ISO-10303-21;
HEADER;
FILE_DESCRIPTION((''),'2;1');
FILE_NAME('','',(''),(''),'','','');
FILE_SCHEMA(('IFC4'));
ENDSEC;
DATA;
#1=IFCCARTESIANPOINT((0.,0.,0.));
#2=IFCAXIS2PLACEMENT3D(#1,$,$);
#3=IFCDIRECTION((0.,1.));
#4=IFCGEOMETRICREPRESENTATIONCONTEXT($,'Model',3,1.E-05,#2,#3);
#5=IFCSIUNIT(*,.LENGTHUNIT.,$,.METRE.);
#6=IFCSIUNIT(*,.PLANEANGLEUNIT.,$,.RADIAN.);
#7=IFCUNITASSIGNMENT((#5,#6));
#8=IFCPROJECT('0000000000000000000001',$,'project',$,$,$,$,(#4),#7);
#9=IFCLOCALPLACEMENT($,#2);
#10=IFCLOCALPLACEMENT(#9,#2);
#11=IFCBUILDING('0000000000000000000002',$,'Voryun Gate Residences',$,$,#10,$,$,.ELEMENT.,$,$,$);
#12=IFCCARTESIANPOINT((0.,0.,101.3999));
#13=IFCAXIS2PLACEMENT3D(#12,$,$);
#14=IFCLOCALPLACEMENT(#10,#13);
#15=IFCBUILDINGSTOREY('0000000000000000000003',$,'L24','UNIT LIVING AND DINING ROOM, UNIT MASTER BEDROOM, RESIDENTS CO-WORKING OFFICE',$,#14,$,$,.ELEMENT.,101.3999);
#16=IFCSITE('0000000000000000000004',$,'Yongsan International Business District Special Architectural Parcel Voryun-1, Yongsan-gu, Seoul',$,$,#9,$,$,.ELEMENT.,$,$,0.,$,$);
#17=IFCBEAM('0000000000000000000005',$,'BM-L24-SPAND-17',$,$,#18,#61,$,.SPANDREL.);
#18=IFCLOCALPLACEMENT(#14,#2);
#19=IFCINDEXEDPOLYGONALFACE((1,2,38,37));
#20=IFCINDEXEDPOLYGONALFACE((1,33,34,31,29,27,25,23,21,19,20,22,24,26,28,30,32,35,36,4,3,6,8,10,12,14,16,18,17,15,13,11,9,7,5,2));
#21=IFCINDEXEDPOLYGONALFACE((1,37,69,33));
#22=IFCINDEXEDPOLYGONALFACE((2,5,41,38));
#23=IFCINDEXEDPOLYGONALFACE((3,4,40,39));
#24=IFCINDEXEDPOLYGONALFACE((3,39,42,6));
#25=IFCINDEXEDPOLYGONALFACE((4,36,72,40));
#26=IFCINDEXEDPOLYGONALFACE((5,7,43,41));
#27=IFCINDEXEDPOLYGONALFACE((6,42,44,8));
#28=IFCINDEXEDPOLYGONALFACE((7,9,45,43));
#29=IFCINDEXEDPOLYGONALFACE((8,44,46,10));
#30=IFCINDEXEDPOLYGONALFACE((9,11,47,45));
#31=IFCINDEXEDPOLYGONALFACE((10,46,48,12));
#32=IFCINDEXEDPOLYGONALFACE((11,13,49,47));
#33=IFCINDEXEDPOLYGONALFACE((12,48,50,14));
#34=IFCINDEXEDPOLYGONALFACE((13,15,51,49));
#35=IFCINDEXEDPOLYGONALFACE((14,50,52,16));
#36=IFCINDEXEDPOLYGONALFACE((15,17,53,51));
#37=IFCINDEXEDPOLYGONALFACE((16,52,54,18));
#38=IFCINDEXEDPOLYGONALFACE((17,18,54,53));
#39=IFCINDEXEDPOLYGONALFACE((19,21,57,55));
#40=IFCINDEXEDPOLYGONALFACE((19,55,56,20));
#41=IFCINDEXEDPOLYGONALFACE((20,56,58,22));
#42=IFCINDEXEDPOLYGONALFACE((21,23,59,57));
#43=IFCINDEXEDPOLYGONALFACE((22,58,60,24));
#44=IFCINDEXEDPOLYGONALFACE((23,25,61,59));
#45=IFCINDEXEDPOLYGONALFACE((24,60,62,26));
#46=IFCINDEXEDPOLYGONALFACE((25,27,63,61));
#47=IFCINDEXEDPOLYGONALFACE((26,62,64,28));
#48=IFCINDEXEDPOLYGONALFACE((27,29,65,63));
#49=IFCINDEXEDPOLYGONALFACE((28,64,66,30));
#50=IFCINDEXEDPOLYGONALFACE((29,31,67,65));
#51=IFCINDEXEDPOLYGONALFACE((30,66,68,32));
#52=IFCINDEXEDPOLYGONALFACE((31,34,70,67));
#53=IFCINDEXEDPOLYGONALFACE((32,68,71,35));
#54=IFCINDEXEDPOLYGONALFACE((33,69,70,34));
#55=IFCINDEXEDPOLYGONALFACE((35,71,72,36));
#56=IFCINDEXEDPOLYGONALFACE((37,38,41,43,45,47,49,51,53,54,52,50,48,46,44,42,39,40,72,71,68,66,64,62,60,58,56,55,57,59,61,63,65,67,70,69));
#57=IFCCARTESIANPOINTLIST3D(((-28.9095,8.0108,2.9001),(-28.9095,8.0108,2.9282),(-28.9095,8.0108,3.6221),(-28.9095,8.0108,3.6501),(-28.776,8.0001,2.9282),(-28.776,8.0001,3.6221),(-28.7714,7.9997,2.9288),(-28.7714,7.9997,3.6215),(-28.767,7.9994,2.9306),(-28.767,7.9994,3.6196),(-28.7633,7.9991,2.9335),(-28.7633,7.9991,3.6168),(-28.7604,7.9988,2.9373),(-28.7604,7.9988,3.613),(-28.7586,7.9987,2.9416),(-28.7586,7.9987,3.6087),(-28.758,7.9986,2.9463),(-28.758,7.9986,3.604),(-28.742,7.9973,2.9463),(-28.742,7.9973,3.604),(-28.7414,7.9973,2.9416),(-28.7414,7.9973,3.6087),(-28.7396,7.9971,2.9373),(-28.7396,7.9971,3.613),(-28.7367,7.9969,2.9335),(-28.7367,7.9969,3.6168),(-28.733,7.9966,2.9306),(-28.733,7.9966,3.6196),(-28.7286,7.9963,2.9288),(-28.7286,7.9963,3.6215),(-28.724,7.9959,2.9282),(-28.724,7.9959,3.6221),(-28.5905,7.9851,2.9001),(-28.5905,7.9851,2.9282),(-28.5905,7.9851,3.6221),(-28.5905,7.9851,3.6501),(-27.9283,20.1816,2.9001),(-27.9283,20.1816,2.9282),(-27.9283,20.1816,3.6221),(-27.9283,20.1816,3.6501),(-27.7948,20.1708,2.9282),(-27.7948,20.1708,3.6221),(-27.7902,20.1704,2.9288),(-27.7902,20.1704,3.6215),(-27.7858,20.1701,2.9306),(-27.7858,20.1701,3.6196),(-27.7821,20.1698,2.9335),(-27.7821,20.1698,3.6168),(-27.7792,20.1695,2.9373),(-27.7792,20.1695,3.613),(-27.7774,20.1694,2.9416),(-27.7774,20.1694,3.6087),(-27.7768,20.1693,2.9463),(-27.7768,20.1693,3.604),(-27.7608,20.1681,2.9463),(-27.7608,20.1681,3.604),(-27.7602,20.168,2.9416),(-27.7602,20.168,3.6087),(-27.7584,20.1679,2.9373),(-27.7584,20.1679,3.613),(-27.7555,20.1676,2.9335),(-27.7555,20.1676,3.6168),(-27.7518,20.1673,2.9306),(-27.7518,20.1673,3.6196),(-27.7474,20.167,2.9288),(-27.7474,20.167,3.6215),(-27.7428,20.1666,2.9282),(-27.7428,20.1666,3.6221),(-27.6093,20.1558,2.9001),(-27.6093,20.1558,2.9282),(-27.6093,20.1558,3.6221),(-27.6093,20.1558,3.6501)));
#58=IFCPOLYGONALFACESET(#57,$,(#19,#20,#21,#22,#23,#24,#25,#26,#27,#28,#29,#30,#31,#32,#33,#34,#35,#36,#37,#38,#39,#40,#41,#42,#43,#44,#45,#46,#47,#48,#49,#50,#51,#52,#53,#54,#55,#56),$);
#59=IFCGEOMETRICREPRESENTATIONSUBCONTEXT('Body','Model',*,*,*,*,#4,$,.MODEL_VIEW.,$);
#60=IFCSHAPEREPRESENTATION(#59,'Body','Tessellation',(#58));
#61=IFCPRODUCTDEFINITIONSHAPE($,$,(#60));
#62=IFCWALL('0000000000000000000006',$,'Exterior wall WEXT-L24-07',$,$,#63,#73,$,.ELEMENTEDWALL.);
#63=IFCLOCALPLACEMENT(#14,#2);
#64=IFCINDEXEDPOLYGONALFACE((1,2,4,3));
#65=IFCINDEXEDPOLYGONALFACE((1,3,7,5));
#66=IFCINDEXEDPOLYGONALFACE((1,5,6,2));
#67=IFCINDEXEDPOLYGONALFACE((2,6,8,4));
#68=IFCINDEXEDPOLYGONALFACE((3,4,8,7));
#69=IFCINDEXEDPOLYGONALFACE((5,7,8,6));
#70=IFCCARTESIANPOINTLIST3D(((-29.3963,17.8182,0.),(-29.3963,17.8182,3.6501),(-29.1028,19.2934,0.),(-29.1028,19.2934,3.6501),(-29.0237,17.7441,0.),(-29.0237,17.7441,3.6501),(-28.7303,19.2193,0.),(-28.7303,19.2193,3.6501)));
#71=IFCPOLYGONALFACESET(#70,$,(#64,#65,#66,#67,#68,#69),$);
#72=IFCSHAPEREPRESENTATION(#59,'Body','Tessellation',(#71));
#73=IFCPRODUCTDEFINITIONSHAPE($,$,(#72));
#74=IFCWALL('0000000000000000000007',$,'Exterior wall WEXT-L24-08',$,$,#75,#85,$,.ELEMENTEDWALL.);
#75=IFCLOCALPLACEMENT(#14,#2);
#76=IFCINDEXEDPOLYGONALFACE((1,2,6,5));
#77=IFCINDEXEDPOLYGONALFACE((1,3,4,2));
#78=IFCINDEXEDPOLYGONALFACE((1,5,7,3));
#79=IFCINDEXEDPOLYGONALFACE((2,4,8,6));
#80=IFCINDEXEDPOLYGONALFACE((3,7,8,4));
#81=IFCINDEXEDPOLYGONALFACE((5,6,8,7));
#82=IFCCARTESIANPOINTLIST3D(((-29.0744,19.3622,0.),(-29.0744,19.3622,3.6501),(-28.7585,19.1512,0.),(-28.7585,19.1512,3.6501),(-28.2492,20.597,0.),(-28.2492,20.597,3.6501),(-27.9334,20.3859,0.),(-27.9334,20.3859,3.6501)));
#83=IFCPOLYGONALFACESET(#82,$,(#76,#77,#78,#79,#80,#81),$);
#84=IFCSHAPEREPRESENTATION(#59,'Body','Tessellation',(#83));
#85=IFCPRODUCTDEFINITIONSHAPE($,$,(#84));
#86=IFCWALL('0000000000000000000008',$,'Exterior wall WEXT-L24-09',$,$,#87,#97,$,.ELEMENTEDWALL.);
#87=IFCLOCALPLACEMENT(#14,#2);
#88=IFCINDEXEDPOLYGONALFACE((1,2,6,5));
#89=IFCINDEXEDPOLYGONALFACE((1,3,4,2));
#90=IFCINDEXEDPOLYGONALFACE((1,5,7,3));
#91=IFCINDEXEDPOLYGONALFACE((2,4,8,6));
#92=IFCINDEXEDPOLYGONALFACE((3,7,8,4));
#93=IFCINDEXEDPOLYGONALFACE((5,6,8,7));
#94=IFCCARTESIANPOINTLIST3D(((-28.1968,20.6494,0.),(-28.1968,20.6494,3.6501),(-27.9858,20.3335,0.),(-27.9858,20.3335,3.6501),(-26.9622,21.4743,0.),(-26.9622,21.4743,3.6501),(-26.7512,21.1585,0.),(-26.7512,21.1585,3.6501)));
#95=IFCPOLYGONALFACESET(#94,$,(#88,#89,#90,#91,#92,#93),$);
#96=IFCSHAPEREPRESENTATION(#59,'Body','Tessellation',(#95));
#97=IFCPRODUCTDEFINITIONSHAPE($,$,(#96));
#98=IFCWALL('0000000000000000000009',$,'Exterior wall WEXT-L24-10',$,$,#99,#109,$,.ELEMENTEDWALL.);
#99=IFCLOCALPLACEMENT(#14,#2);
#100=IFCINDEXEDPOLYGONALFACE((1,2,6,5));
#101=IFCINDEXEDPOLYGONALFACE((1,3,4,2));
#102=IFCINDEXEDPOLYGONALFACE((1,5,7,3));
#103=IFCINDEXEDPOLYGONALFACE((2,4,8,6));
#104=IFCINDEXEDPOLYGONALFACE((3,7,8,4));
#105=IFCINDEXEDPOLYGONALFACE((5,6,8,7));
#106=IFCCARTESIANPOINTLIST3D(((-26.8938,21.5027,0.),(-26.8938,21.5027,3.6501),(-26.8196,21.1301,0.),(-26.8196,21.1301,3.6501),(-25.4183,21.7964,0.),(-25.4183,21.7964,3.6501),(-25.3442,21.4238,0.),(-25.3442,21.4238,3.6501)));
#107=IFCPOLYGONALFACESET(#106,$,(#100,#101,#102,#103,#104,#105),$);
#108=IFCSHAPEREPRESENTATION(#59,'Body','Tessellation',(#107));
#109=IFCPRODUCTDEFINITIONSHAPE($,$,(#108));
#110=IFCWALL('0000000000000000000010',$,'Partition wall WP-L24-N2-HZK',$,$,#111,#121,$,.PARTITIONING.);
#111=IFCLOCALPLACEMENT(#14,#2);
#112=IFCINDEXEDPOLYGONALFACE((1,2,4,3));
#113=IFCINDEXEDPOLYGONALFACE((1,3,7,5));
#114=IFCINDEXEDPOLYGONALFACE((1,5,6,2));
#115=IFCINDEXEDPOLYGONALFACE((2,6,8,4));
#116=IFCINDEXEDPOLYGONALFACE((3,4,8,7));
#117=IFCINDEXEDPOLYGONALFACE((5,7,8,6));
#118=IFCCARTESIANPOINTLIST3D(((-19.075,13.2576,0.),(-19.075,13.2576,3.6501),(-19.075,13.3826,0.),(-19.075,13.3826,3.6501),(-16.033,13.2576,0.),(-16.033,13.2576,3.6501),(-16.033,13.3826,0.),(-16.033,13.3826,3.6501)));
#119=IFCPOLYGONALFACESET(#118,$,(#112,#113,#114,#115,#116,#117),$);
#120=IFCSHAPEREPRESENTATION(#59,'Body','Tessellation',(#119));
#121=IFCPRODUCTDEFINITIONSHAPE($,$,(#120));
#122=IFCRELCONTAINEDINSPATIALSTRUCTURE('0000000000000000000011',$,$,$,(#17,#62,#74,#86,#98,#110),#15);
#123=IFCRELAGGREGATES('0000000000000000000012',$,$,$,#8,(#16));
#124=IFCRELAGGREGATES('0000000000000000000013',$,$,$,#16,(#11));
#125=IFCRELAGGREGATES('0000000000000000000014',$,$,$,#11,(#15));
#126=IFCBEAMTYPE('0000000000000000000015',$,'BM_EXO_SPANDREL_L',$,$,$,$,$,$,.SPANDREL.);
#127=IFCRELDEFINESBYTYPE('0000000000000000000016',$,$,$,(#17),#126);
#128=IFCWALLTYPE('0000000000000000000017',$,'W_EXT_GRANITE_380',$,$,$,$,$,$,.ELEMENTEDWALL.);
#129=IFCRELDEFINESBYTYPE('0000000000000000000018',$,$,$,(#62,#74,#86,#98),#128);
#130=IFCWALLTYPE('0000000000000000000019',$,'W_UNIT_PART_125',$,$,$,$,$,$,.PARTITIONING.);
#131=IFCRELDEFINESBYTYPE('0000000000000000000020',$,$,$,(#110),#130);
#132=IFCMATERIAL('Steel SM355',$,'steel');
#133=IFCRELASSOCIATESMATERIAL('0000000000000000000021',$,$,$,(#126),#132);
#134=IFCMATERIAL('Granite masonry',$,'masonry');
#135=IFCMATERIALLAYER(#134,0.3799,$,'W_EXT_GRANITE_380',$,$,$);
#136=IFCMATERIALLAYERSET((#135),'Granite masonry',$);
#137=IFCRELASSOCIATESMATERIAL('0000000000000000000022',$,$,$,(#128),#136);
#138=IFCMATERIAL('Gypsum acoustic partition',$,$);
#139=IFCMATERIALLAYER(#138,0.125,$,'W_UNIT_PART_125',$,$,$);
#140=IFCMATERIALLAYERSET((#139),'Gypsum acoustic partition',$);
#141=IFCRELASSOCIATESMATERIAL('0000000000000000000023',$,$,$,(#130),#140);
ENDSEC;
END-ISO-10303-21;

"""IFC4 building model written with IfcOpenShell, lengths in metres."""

from ifc_helpers import new_model, si_unit, direction, frame, frame_2d, origin, origin_2d, place, context, subcontext, project, spatial, rectangle, i_section, extrude, material, layer, layer_set, material_profile, profile_set, type_object, element, save


model = new_model("IFC4")

# Units and contexts
model_context = context("Model", 3, precision=1e-05, world=origin(), true_north=direction((0.0, 1.0)))
body_context = subcontext(model_context, "Body", "Model", "MODEL_VIEW")
ifc_project = project(units=[si_unit("LENGTHUNIT", "METRE"), si_unit("PLANEANGLEUNIT", "RADIAN")], contexts=[model_context])

# Site, building, storey
site_placement = place(None, origin())
site = spatial("IfcSite", under=ifc_project, at=site_placement, Name="Yongsan International Business District Special Architectural Parcel Voryun-1, Yongsan-gu, Seoul", CompositionType="ELEMENT", RefElevation=0.0)
building_placement = place(site_placement, origin())
building = spatial("IfcBuilding", under=site, at=building_placement, Name="Voryun Gate Residences", CompositionType="ELEMENT")
storey_placement = place(building_placement, frame((0.0, 0.0, 101.3999)))
storey = spatial("IfcBuildingStorey", under=building, at=storey_placement, Name="L24", Description="UNIT LIVING AND DINING ROOM, UNIT MASTER BEDROOM, RESIDENTS CO-WORKING OFFICE", CompositionType="ELEMENT", Elevation=101.3999)

# Beam
ifc_material_1 = material(Name="Steel SM355", Category="steel")
ifc_material_profile_1 = material_profile(ifc_material_1, i_section(OverallWidth=0.3201, OverallDepth=0.75, WebThickness=0.0161, FlangeThickness=0.0281, FilletRadius=0.0181, at=origin_2d()), Name="H-750x320x16x28")
ifc_profile_set_1 = profile_set([ifc_material_profile_1], Name="Steel SM355")
beam_type = type_object("IfcBeamType", Name="BM_EXO_SPANDREL_L", PredefinedType="SPANDREL", material=ifc_profile_set_1)
beam_1_placement = place(storey_placement, frame((-27.7688, 20.1687, 3.2751), z_axis=(-0.08036, -0.996766, 0.0), x_axis=(0.996766, -0.08036, 0.0)))
element("IfcBeam", 1, at=beam_1_placement, inside=storey, type_object=beam_type, Name="BM-L24-SPAND-17", PredefinedType="SPANDREL", context=body_context, shape_type="SweptSolid", body=[
    extrude(i_section(OverallWidth=0.3201, OverallDepth=0.75, WebThickness=0.0161, FlangeThickness=0.0281, FilletRadius=0.0181, at=origin_2d()), origin(), (0.0, 0.0, 1.0), 12.2102),
])

# Walls
ifc_material_2 = material(Name="Granite masonry", Category="masonry")
ifc_layer_1 = layer(ifc_material_2, 0.3799, Name="W_EXT_GRANITE_380")
ifc_layer_set_1 = layer_set([ifc_layer_1], Name="Granite masonry")
wall_type_1 = type_object("IfcWallType", Name="W_EXT_GRANITE_380", PredefinedType="ELEMENTEDWALL", material=ifc_layer_set_1)
wall_1_placement = place(storey_placement, frame((-29.21, 17.7812, 0.0), z_axis=(0.0, 0.0, 1.0), x_axis=(0.195086, 0.980786, 0.0)))
element("IfcWall", 2, at=wall_1_placement, inside=storey, type_object=wall_type_1, Name="Exterior wall WEXT-L24-07", PredefinedType="ELEMENTEDWALL", context=body_context, shape_type="SweptSolid", body=[
    extrude(rectangle(XDim=1.5042, YDim=0.3799, at=frame_2d((0.752, 0.0))), origin(), (0.0, 0.0, 1.0), 3.6501),
])
wall_2_placement = place(storey_placement, frame((-28.9165, 19.2566, 0.0), z_axis=(0.0, 0.0, 1.0), x_axis=(0.55561, 0.831443, 0.0)))
element("IfcWall", 3, at=wall_2_placement, inside=storey, type_object=wall_type_1, Name="Exterior wall WEXT-L24-08", PredefinedType="ELEMENTEDWALL", context=body_context, shape_type="SweptSolid", body=[
    extrude(rectangle(XDim=1.4851, YDim=0.3799, at=frame_2d((0.7427, 0.0))), origin(), (0.0, 0.0, 1.0), 3.6501),
])
wall_3_placement = place(storey_placement, frame((-28.0913, 20.4915, 0.0), z_axis=(0.0, 0.0, 1.0), x_axis=(0.831468, 0.555573, 0.0)))
element("IfcWall", 4, at=wall_3_placement, inside=storey, type_object=wall_type_1, Name="Exterior wall WEXT-L24-09", PredefinedType="ELEMENTEDWALL", context=body_context, shape_type="SweptSolid", body=[
    extrude(rectangle(XDim=1.4849, YDim=0.3799, at=frame_2d((0.7424, 0.0))), origin(), (0.0, 0.0, 1.0), 3.6501),
])
wall_4_placement = place(storey_placement, frame((-26.8567, 21.3164, 0.0), z_axis=(0.0, 0.0, 1.0), x_axis=(0.980755, 0.195242, 0.0)))
element("IfcWall", 5, at=wall_4_placement, inside=storey, type_object=wall_type_1, Name="Exterior wall WEXT-L24-10", PredefinedType="ELEMENTEDWALL", context=body_context, shape_type="SweptSolid", body=[
    extrude(rectangle(XDim=1.5044, YDim=0.3799, at=frame_2d((0.7522, 0.0))), origin(), (0.0, 0.0, 1.0), 3.6501),
])

# Wall
ifc_material_3 = material(Name="Gypsum acoustic partition")
ifc_layer_2 = layer(ifc_material_3, 0.125, Name="W_UNIT_PART_125")
ifc_layer_set_2 = layer_set([ifc_layer_2], Name="Gypsum acoustic partition")
wall_type_2 = type_object("IfcWallType", Name="W_UNIT_PART_125", PredefinedType="PARTITIONING", material=ifc_layer_set_2)
wall_5_placement = place(storey_placement, frame((-19.075, 13.3201, 0.0), z_axis=(0.0, 0.0, 1.0), x_axis=(1.0, 0.0, 0.0)))
element("IfcWall", 6, at=wall_5_placement, inside=storey, type_object=wall_type_2, Name="Partition wall WP-L24-N2-HZK", PredefinedType="PARTITIONING", context=body_context, shape_type="SweptSolid", body=[
    extrude(rectangle(XDim=3.042, YDim=0.125, at=frame_2d((1.521, 0.0))), origin(), (0.0, 0.0, 1.0), 3.6501),
])

save(model, "model.ifc")
